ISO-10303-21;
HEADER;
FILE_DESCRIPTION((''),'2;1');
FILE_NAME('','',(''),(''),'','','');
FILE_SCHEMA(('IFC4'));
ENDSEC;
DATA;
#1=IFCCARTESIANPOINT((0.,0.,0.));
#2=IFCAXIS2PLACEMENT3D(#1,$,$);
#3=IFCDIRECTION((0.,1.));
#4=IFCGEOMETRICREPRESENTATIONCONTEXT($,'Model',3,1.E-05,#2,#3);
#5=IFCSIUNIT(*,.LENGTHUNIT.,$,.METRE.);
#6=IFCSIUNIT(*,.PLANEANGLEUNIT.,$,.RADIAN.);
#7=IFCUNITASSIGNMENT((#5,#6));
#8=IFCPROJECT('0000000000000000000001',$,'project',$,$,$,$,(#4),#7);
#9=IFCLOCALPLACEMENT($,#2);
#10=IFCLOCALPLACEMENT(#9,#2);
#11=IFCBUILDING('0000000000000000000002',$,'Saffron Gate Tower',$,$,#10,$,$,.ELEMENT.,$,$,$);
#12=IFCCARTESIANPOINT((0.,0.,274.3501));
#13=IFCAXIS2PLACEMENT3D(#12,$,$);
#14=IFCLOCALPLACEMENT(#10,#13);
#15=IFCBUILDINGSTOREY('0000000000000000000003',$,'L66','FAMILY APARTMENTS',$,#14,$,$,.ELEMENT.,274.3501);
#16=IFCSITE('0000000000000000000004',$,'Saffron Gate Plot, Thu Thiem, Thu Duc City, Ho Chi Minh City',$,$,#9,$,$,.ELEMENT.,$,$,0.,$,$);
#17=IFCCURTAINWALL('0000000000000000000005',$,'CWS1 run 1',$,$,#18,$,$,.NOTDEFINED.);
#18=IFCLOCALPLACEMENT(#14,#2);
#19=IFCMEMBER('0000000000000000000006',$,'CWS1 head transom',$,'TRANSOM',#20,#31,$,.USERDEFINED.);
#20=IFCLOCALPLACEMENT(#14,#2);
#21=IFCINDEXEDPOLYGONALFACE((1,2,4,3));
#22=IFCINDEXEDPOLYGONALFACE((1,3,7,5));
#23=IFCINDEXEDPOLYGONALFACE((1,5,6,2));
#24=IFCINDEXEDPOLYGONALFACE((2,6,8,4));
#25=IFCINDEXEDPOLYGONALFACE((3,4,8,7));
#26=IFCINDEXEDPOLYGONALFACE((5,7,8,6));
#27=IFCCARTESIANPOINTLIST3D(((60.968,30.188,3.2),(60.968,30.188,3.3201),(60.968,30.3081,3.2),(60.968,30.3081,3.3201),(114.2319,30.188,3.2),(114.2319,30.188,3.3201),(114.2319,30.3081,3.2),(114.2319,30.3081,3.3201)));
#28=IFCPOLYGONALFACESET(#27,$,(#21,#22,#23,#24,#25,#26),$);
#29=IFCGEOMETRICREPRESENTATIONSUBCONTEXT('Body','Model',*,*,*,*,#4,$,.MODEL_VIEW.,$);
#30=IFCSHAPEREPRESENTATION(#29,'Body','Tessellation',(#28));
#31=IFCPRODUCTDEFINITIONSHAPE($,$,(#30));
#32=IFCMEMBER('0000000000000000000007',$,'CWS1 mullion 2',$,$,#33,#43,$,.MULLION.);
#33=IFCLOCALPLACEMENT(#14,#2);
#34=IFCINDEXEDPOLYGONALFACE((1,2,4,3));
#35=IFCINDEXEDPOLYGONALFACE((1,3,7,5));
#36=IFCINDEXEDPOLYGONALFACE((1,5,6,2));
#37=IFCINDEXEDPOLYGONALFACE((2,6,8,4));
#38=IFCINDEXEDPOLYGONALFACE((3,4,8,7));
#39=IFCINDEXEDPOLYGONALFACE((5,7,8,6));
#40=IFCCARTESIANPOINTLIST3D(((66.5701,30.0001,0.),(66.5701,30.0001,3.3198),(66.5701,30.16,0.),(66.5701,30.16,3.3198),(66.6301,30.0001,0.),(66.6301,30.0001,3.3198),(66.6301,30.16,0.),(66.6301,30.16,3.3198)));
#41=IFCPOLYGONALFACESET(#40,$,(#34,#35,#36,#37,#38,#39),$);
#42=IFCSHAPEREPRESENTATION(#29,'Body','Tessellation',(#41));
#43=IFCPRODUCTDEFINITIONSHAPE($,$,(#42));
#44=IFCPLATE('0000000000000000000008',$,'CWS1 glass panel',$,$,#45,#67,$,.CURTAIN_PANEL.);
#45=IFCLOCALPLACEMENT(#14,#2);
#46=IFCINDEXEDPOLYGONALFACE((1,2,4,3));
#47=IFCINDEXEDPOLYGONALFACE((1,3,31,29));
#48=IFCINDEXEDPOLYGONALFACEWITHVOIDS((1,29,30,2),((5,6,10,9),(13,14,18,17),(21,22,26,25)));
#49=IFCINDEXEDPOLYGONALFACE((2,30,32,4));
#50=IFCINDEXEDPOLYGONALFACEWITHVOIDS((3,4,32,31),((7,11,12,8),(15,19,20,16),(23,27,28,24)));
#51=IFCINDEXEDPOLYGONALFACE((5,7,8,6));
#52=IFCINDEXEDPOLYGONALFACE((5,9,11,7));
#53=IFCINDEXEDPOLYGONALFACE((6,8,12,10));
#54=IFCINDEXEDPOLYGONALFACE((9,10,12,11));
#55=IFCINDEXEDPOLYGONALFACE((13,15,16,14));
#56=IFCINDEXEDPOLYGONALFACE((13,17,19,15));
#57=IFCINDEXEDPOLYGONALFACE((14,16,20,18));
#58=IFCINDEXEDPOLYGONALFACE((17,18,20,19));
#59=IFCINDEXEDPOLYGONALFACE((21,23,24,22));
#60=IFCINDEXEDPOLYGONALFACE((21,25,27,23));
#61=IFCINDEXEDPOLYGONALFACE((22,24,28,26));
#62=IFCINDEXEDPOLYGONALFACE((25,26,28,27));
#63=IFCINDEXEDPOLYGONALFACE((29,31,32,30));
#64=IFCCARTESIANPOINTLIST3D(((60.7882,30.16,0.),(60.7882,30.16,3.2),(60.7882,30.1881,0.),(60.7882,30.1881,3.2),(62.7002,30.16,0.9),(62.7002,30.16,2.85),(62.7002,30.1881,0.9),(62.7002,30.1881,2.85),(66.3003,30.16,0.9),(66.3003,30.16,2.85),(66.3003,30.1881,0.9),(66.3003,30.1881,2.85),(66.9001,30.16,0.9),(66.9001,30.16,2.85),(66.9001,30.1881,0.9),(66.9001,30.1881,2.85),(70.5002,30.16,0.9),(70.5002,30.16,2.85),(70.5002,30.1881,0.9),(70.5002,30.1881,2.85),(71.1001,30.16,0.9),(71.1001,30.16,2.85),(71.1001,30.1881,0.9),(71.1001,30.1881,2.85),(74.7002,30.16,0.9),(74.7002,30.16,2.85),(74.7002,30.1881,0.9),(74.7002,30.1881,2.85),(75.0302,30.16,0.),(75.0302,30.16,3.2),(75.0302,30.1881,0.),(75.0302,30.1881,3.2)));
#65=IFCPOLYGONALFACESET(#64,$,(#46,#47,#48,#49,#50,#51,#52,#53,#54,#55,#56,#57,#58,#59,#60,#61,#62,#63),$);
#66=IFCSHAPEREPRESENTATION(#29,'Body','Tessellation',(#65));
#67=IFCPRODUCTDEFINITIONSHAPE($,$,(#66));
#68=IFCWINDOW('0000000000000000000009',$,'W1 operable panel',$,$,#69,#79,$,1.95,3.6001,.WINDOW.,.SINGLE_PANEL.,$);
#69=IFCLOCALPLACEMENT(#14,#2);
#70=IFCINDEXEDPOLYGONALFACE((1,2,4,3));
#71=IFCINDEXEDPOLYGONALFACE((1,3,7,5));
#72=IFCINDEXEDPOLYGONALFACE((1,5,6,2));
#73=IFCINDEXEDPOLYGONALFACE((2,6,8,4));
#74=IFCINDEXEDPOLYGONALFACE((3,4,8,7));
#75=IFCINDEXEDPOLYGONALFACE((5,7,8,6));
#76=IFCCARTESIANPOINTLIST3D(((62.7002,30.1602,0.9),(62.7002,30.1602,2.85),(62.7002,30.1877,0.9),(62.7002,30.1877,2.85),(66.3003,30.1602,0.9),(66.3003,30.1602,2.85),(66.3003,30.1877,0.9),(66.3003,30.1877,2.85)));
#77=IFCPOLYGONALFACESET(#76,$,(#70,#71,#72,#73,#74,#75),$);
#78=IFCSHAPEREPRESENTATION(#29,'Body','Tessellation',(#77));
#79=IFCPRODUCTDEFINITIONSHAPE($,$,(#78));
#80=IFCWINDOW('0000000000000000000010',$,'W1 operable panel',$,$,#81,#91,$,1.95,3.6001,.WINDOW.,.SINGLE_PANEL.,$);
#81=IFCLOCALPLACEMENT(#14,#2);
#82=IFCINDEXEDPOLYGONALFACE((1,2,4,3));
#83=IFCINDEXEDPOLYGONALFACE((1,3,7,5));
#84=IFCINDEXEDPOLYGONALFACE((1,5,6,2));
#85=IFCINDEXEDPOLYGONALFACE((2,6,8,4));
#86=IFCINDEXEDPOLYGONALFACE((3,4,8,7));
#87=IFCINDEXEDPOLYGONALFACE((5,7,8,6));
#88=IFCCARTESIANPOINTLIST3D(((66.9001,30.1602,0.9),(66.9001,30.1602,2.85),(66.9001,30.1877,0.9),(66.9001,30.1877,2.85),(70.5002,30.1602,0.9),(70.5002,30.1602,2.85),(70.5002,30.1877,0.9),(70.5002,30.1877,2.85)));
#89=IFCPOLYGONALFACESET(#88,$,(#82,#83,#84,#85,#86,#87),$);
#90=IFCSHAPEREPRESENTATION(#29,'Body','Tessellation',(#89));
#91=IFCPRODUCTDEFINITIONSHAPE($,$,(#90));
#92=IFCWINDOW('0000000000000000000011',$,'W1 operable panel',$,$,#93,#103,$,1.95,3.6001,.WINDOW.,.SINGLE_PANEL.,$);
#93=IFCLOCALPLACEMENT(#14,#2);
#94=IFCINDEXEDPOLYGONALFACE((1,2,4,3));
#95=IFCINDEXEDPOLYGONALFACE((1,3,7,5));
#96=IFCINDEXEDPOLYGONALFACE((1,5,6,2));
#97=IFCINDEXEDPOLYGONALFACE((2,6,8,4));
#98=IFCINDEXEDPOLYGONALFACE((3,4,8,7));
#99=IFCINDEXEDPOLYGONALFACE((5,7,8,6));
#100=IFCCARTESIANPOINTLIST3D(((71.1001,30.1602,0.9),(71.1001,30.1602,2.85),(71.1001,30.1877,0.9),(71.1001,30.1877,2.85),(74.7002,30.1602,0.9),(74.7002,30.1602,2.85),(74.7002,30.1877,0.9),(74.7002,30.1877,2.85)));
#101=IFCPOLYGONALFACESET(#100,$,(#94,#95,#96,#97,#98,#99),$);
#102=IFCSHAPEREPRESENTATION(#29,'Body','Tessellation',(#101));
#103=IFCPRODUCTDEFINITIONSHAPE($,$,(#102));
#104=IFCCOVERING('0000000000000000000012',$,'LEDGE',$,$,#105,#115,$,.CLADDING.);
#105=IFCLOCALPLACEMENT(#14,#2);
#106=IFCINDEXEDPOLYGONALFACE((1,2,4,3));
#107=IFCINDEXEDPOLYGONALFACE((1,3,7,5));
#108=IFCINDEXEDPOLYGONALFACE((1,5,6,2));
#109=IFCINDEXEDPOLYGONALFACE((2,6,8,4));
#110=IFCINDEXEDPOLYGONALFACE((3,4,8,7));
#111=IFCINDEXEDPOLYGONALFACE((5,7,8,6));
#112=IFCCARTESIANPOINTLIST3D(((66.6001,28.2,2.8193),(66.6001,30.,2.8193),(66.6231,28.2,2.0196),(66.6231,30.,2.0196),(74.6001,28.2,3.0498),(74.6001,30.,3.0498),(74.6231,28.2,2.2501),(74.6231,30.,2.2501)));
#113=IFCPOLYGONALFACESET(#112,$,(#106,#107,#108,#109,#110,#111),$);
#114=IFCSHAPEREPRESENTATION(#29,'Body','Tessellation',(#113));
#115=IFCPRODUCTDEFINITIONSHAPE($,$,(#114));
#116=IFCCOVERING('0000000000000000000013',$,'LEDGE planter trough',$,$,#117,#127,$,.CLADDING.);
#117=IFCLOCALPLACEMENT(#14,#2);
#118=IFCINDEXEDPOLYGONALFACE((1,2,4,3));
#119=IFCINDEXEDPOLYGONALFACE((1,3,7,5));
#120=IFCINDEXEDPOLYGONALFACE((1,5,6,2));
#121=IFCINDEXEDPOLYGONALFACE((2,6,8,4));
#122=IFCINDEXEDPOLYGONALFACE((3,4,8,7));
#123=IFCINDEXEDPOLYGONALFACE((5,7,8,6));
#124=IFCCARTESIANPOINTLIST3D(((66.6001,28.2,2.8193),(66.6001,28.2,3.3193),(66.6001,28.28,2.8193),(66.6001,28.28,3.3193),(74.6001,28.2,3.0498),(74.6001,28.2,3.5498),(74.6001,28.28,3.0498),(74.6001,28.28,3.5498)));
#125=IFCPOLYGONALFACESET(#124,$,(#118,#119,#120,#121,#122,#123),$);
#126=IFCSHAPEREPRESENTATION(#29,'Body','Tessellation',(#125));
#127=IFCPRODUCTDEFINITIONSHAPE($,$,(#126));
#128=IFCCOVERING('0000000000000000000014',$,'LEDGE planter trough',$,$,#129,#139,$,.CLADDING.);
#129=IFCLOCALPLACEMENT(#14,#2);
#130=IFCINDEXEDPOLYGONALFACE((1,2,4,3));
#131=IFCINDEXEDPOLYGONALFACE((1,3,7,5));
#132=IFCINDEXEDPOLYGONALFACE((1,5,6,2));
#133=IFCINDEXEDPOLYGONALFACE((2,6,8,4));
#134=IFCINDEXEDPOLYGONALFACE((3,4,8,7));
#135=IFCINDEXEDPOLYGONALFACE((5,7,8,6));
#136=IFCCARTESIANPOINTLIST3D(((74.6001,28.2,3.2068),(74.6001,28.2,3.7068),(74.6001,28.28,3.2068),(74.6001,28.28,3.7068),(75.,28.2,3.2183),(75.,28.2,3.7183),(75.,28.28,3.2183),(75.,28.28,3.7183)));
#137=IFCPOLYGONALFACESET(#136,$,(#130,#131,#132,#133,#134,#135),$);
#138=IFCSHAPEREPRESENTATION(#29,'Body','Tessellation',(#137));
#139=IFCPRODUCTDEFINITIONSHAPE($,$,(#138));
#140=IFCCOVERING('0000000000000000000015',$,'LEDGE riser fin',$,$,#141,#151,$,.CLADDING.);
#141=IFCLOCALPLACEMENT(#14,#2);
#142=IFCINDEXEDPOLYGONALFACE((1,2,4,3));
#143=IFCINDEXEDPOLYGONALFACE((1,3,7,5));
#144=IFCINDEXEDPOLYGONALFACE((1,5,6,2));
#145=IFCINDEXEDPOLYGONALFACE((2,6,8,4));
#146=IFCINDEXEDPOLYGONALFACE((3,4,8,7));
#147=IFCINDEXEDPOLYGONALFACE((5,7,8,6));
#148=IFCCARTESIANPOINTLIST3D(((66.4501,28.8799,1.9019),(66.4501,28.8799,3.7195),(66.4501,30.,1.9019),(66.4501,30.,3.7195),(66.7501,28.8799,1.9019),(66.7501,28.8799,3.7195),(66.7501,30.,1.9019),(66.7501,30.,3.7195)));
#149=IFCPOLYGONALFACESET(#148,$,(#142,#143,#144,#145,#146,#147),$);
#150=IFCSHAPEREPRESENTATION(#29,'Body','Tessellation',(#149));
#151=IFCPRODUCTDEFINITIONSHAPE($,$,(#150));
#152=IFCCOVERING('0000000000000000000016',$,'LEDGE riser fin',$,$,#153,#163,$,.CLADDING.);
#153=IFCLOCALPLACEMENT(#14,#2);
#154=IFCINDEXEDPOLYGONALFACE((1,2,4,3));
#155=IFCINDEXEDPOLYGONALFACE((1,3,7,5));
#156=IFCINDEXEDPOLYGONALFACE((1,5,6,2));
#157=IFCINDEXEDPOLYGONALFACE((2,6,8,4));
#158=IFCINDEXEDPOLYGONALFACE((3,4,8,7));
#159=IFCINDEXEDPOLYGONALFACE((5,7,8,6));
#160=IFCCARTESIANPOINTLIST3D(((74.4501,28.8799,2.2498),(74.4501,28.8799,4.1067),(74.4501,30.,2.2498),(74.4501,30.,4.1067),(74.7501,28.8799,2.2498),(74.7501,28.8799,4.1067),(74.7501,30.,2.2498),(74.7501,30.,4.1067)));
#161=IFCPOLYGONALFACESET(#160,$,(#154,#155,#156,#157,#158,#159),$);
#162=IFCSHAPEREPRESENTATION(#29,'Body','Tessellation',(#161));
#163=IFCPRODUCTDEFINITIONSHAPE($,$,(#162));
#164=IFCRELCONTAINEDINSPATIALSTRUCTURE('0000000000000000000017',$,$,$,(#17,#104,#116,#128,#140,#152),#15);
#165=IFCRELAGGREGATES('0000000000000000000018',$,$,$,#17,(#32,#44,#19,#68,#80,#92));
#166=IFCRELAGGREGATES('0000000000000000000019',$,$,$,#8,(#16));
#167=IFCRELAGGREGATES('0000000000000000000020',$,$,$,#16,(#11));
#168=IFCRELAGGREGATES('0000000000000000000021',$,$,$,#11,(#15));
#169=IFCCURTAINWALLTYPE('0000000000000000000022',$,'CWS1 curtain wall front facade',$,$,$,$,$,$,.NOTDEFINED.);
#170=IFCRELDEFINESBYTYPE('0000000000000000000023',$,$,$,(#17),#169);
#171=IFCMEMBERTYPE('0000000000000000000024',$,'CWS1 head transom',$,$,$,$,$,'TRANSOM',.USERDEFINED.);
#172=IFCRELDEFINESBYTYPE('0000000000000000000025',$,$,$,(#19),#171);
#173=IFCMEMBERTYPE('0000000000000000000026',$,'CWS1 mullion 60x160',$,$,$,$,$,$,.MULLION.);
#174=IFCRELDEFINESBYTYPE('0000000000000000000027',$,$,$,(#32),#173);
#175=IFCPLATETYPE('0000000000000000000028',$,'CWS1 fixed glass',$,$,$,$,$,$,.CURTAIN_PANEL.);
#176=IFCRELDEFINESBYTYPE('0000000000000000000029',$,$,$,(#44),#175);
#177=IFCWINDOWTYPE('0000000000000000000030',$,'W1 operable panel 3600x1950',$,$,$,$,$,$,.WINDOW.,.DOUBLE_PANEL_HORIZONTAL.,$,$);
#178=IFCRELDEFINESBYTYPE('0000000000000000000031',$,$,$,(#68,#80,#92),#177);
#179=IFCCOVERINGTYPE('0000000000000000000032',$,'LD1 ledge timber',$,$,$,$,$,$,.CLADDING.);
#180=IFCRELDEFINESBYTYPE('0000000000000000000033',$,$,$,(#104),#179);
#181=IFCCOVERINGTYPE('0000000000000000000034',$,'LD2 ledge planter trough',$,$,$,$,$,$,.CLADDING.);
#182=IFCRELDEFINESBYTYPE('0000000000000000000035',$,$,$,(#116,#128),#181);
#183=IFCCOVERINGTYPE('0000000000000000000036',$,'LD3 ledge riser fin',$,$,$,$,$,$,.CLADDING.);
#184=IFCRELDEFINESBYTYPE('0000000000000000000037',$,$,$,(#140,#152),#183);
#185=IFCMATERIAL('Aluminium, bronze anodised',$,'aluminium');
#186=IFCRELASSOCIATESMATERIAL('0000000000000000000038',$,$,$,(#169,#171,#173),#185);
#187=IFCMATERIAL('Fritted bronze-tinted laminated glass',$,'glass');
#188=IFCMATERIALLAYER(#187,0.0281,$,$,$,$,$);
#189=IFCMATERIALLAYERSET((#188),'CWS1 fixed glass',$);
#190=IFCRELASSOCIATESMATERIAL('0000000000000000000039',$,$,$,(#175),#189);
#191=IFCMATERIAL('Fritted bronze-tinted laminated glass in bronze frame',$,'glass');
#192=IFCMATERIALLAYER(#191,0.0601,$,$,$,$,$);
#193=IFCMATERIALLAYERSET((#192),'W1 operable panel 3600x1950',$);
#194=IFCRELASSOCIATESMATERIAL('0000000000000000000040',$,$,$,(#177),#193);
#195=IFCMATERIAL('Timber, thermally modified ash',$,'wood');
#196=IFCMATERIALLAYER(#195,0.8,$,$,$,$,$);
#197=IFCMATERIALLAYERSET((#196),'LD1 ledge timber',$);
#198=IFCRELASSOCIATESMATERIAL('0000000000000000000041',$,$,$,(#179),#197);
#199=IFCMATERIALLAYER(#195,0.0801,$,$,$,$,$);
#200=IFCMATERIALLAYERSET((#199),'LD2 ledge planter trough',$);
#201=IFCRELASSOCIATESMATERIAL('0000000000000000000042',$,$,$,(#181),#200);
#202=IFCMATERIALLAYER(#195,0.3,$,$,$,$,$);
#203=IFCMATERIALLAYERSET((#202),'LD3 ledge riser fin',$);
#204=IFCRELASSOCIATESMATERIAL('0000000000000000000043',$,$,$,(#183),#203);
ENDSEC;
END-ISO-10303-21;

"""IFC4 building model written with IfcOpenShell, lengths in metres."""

from ifc_helpers import new_model, si_unit, direction, frame, frame_2d, origin, origin_2d, place, context, subcontext, project, spatial, polyline, rectangle, outline, extrude, material, layer, layer_set, material_profile, profile_set, type_object, element, fill, aggregate, save


model = new_model("IFC4")

# Units and contexts
model_context = context("Model", 3, precision=1e-05, world=origin(), true_north=direction((0.0, 1.0)))
body_context = subcontext(model_context, "Body", "Model", "MODEL_VIEW")
ifc_project = project(units=[si_unit("LENGTHUNIT", "METRE"), si_unit("PLANEANGLEUNIT", "RADIAN")], contexts=[model_context])

# Site, building, storey
site_placement = place(None, origin())
site = spatial("IfcSite", under=ifc_project, at=site_placement, Name="Saffron Gate Plot, Thu Thiem, Thu Duc City, Ho Chi Minh City", CompositionType="ELEMENT", RefElevation=0.0)
building_placement = place(site_placement, origin())
building = spatial("IfcBuilding", under=site, at=building_placement, Name="Saffron Gate Tower", CompositionType="ELEMENT")
storey_placement = place(building_placement, frame((0.0, 0.0, 274.3501)))
storey = spatial("IfcBuildingStorey", under=building, at=storey_placement, Name="L66", Description="FAMILY APARTMENTS", CompositionType="ELEMENT", Elevation=274.3501)

# Curtain wall, members, plate, openings, windows
ifc_material_1 = material(Name="Aluminium, bronze anodised", Category="aluminium")
curtain_wall_type = type_object("IfcCurtainWallType", Name="CWS1 curtain wall front facade", PredefinedType="NOTDEFINED", material=ifc_material_1)
curtain_wall_placement = place(storey_placement, origin())
curtain_wall = element("IfcCurtainWall", 1, at=curtain_wall_placement, inside=storey, type_object=curtain_wall_type, Name="CWS1 run 1", PredefinedType="NOTDEFINED")
ifc_material_profile_1 = material_profile(ifc_material_1, rectangle(XDim=0.1201, YDim=0.1201, at=origin_2d()))
ifc_profile_set_1 = profile_set([ifc_material_profile_1], Name="Aluminium, bronze anodised")
member_type_1 = type_object("IfcMemberType", Name="CWS1 head transom", ElementType="TRANSOM", PredefinedType="USERDEFINED", material=ifc_profile_set_1)
member_1_placement = place(storey_placement, frame((60.968, 30.248, 3.26), z_axis=(1.0, 0.0, 0.0), x_axis=(0.0, 1.0, 0.0)))
member_1 = element("IfcMember", 2, at=member_1_placement, type_object=member_type_1, Name="CWS1 head transom", ObjectType="TRANSOM", PredefinedType="USERDEFINED", context=body_context, shape_type="SweptSolid", body=[
    extrude(rectangle(XDim=0.1201, YDim=0.1201, at=origin_2d()), origin(), (0.0, 0.0, 1.0), 53.2639),
])
ifc_material_profile_2 = material_profile(ifc_material_1, rectangle(XDim=0.1599, YDim=0.0601, at=origin_2d()))
ifc_profile_set_2 = profile_set([ifc_material_profile_2], Name="Aluminium, bronze anodised")
member_type_2 = type_object("IfcMemberType", Name="CWS1 mullion 60x160", PredefinedType="MULLION", material=ifc_profile_set_2)
member_2_placement = place(storey_placement, frame((66.6001, 30.0801, 0.0), z_axis=(0.0, 0.0, 1.0), x_axis=(0.0, 1.0, 0.0)))
member_2 = element("IfcMember", 3, at=member_2_placement, type_object=member_type_2, Name="CWS1 mullion 2", PredefinedType="MULLION", context=body_context, shape_type="SweptSolid", body=[
    extrude(rectangle(XDim=0.1599, YDim=0.0601, at=origin_2d()), origin(), (0.0, 0.0, 1.0), 3.3198),
])
ifc_material_2 = material(Name="Fritted bronze-tinted laminated glass", Category="glass")
ifc_layer_1 = layer(ifc_material_2, 0.0281)
ifc_layer_set_1 = layer_set([ifc_layer_1], Name="CWS1 fixed glass")
plate_type = type_object("IfcPlateType", Name="CWS1 fixed glass", PredefinedType="CURTAIN_PANEL", material=ifc_layer_set_1)
plate_placement = place(storey_placement, frame((60.7881, 30.1741, 0.0), z_axis=(0.0, 0.0, 1.0), x_axis=(1.0, 0.0, 0.0)))
plate = element("IfcPlate", 4, at=plate_placement, type_object=plate_type, Name="CWS1 glass panel", PredefinedType="CURTAIN_PANEL", context=body_context, shape_type="SweptSolid", body=[
    extrude(rectangle(XDim=14.2419, YDim=0.0281, at=frame_2d((7.1211, 0.0))), origin(), (0.0, 0.0, 1.0), 3.2),
])
opening_1_placement = place(plate_placement, frame((1.9121, 0.0, 0.8999)))
opening_1 = element("IfcOpeningElement", 5, at=opening_1_placement, cuts=plate, PredefinedType="OPENING", context=body_context, shape_type="SweptSolid", body=[
    extrude(rectangle(XDim=3.6001, YDim=1.95, at=frame_2d((1.8, 0.9751))), frame((0.0, 0.0239, 0.0), z_axis=(0.0, -1.0, 0.0), x_axis=(1.0, 0.0, 0.0)), (0.0, 0.0, 1.0), 0.0481),
])
opening_2_placement = place(plate_placement, frame((6.1121, 0.0, 0.8999)))
opening_2 = element("IfcOpeningElement", 6, at=opening_2_placement, cuts=plate, PredefinedType="OPENING", context=body_context, shape_type="SweptSolid", body=[
    extrude(rectangle(XDim=3.6001, YDim=1.95, at=frame_2d((1.8, 0.9751))), frame((0.0, 0.0239, 0.0), z_axis=(0.0, -1.0, 0.0), x_axis=(1.0, 0.0, 0.0)), (0.0, 0.0, 1.0), 0.0481),
])
opening_3_placement = place(plate_placement, frame((10.312, 0.0, 0.8999)))
opening_3 = element("IfcOpeningElement", 7, at=opening_3_placement, cuts=plate, PredefinedType="OPENING", context=body_context, shape_type="SweptSolid", body=[
    extrude(rectangle(XDim=3.6001, YDim=1.95, at=frame_2d((1.8, 0.9751))), frame((0.0, 0.0239, 0.0), z_axis=(0.0, -1.0, 0.0), x_axis=(1.0, 0.0, 0.0)), (0.0, 0.0, 1.0), 0.0481),
])
ifc_material_3 = material(Name="Fritted bronze-tinted laminated glass in bronze frame", Category="glass")
ifc_layer_2 = layer(ifc_material_3, 0.0601)
ifc_layer_set_2 = layer_set([ifc_layer_2], Name="W1 operable panel 3600x1950")
window_type = type_object("IfcWindowType", Name="W1 operable panel 3600x1950", PartitioningType="DOUBLE_PANEL_HORIZONTAL", PredefinedType="WINDOW", material=ifc_layer_set_2)
window_1_placement = place(opening_1_placement, origin())
window_1 = element("IfcWindow", 8, at=window_1_placement, type_object=window_type, Name="W1 operable panel", OverallHeight=1.95, OverallWidth=3.6001, PartitioningType="SINGLE_PANEL", PredefinedType="WINDOW", context=body_context, shape_type="SweptSolid", body=[
    extrude(rectangle(XDim=3.6001, YDim=1.95, at=frame_2d((1.8, 0.9751))), frame((0.0, 0.0137, 0.0), z_axis=(0.0, -1.0, 0.0), x_axis=(1.0, 0.0, 0.0)), (0.0, 0.0, 1.0), 0.0276),
])
fill(opening_1, window_1)
window_2_placement = place(opening_2_placement, origin())
window_2 = element("IfcWindow", 9, at=window_2_placement, type_object=window_type, Name="W1 operable panel", OverallHeight=1.95, OverallWidth=3.6001, PartitioningType="SINGLE_PANEL", PredefinedType="WINDOW", context=body_context, shape_type="SweptSolid", body=[
    extrude(rectangle(XDim=3.6001, YDim=1.95, at=frame_2d((1.8, 0.9751))), frame((0.0, 0.0137, 0.0), z_axis=(0.0, -1.0, 0.0), x_axis=(1.0, 0.0, 0.0)), (0.0, 0.0, 1.0), 0.0276),
])
fill(opening_2, window_2)
window_3_placement = place(opening_3_placement, origin())
window_3 = element("IfcWindow", 10, at=window_3_placement, type_object=window_type, Name="W1 operable panel", OverallHeight=1.95, OverallWidth=3.6001, PartitioningType="SINGLE_PANEL", PredefinedType="WINDOW", context=body_context, shape_type="SweptSolid", body=[
    extrude(rectangle(XDim=3.6001, YDim=1.95, at=frame_2d((1.8, 0.9751))), frame((0.0, 0.0137, 0.0), z_axis=(0.0, -1.0, 0.0), x_axis=(1.0, 0.0, 0.0)), (0.0, 0.0, 1.0), 0.0276),
])
fill(opening_3, window_3)
aggregate(curtain_wall, [member_2, plate, member_1, window_1, window_2, window_3])

# Coverings
ifc_material_4 = material(Name="Timber, thermally modified ash", Category="wood")
ifc_layer_3 = layer(ifc_material_4, 0.8)
ifc_layer_set_3 = layer_set([ifc_layer_3], Name="LD1 ledge timber")
covering_type_1 = type_object("IfcCoveringType", Name="LD1 ledge timber", PredefinedType="CLADDING", material=ifc_layer_set_3)
covering_1_placement = place(storey_placement, frame((66.6001, 30.0, 2.8193), z_axis=(-0.028797, 0.0, 0.999585), x_axis=(0.999585, 0.0, 0.028797)))
element("IfcCovering", 11, at=covering_1_placement, inside=storey, type_object=covering_type_1, Name="LEDGE", PredefinedType="CLADDING", context=body_context, shape_type="SweptSolid", body=[
    extrude(outline(polyline([(0.0, 0.0), (8.0033, 0.0), (8.0033, -1.8), (0.0, -1.8), (0.0, 0.0)])), origin(), (0.0, 0.0, -1.0), 0.8),
])
ifc_layer_4 = layer(ifc_material_4, 0.0801)
ifc_layer_set_4 = layer_set([ifc_layer_4], Name="LD2 ledge planter trough")
covering_type_2 = type_object("IfcCoveringType", Name="LD2 ledge planter trough", PredefinedType="CLADDING", material=ifc_layer_set_4)
covering_2_placement = place(storey_placement, frame((66.6001, 28.2, 2.8193), z_axis=(0.0, -1.0, 0.0), x_axis=(0.999585, 0.0, 0.028797)))
element("IfcCovering", 12, at=covering_2_placement, inside=storey, type_object=covering_type_2, Name="LEDGE planter trough", PredefinedType="CLADDING", context=body_context, shape_type="SweptSolid", body=[
    extrude(outline(polyline([(0.0, 0.0), (8.0033, 0.0), (8.0177, 0.4998), (0.0144, 0.4998), (0.0, 0.0)])), origin(), (0.0, 0.0, -1.0), 0.0801),
])
covering_3_placement = place(storey_placement, frame((74.6001, 28.2, 3.2068), z_axis=(0.0, -1.0, 0.0), x_axis=(0.999589, 0.0, 0.028682)))
element("IfcCovering", 13, at=covering_3_placement, inside=storey, type_object=covering_type_2, Name="LEDGE planter trough", PredefinedType="CLADDING", context=body_context, shape_type="SweptSolid", body=[
    extrude(outline(polyline([(0.0, 0.0), (0.4001, 0.0), (0.4144, 0.4998), (0.0143, 0.4998), (0.0, 0.0)])), origin(), (0.0, 0.0, -1.0), 0.0801),
])
ifc_layer_5 = layer(ifc_material_4, 0.3)
ifc_layer_set_5 = layer_set([ifc_layer_5], Name="LD3 ledge riser fin")
covering_type_3 = type_object("IfcCoveringType", Name="LD3 ledge riser fin", PredefinedType="CLADDING", material=ifc_layer_set_5)
covering_4_placement = place(storey_placement, frame((66.6001, 29.4399, 1.9019), z_axis=(0.0, 0.0, 1.0), x_axis=(1.0, 0.0, 0.0)))
element("IfcCovering", 14, at=covering_4_placement, inside=storey, type_object=covering_type_3, Name="LEDGE riser fin", PredefinedType="CLADDING", context=body_context, shape_type="SweptSolid", body=[
    extrude(rectangle(XDim=0.3, YDim=1.1201, at=origin_2d()), origin(), (0.0, 0.0, 1.0), 1.8176),
])
covering_5_placement = place(storey_placement, frame((74.6001, 29.4399, 2.2498), z_axis=(0.0, 0.0, 1.0), x_axis=(1.0, 0.0, 0.0)))
element("IfcCovering", 15, at=covering_5_placement, inside=storey, type_object=covering_type_3, Name="LEDGE riser fin", PredefinedType="CLADDING", context=body_context, shape_type="SweptSolid", body=[
    extrude(rectangle(XDim=0.3, YDim=1.1201, at=origin_2d()), origin(), (0.0, 0.0, 1.0), 1.8569),
])

save(model, "model.ifc")
